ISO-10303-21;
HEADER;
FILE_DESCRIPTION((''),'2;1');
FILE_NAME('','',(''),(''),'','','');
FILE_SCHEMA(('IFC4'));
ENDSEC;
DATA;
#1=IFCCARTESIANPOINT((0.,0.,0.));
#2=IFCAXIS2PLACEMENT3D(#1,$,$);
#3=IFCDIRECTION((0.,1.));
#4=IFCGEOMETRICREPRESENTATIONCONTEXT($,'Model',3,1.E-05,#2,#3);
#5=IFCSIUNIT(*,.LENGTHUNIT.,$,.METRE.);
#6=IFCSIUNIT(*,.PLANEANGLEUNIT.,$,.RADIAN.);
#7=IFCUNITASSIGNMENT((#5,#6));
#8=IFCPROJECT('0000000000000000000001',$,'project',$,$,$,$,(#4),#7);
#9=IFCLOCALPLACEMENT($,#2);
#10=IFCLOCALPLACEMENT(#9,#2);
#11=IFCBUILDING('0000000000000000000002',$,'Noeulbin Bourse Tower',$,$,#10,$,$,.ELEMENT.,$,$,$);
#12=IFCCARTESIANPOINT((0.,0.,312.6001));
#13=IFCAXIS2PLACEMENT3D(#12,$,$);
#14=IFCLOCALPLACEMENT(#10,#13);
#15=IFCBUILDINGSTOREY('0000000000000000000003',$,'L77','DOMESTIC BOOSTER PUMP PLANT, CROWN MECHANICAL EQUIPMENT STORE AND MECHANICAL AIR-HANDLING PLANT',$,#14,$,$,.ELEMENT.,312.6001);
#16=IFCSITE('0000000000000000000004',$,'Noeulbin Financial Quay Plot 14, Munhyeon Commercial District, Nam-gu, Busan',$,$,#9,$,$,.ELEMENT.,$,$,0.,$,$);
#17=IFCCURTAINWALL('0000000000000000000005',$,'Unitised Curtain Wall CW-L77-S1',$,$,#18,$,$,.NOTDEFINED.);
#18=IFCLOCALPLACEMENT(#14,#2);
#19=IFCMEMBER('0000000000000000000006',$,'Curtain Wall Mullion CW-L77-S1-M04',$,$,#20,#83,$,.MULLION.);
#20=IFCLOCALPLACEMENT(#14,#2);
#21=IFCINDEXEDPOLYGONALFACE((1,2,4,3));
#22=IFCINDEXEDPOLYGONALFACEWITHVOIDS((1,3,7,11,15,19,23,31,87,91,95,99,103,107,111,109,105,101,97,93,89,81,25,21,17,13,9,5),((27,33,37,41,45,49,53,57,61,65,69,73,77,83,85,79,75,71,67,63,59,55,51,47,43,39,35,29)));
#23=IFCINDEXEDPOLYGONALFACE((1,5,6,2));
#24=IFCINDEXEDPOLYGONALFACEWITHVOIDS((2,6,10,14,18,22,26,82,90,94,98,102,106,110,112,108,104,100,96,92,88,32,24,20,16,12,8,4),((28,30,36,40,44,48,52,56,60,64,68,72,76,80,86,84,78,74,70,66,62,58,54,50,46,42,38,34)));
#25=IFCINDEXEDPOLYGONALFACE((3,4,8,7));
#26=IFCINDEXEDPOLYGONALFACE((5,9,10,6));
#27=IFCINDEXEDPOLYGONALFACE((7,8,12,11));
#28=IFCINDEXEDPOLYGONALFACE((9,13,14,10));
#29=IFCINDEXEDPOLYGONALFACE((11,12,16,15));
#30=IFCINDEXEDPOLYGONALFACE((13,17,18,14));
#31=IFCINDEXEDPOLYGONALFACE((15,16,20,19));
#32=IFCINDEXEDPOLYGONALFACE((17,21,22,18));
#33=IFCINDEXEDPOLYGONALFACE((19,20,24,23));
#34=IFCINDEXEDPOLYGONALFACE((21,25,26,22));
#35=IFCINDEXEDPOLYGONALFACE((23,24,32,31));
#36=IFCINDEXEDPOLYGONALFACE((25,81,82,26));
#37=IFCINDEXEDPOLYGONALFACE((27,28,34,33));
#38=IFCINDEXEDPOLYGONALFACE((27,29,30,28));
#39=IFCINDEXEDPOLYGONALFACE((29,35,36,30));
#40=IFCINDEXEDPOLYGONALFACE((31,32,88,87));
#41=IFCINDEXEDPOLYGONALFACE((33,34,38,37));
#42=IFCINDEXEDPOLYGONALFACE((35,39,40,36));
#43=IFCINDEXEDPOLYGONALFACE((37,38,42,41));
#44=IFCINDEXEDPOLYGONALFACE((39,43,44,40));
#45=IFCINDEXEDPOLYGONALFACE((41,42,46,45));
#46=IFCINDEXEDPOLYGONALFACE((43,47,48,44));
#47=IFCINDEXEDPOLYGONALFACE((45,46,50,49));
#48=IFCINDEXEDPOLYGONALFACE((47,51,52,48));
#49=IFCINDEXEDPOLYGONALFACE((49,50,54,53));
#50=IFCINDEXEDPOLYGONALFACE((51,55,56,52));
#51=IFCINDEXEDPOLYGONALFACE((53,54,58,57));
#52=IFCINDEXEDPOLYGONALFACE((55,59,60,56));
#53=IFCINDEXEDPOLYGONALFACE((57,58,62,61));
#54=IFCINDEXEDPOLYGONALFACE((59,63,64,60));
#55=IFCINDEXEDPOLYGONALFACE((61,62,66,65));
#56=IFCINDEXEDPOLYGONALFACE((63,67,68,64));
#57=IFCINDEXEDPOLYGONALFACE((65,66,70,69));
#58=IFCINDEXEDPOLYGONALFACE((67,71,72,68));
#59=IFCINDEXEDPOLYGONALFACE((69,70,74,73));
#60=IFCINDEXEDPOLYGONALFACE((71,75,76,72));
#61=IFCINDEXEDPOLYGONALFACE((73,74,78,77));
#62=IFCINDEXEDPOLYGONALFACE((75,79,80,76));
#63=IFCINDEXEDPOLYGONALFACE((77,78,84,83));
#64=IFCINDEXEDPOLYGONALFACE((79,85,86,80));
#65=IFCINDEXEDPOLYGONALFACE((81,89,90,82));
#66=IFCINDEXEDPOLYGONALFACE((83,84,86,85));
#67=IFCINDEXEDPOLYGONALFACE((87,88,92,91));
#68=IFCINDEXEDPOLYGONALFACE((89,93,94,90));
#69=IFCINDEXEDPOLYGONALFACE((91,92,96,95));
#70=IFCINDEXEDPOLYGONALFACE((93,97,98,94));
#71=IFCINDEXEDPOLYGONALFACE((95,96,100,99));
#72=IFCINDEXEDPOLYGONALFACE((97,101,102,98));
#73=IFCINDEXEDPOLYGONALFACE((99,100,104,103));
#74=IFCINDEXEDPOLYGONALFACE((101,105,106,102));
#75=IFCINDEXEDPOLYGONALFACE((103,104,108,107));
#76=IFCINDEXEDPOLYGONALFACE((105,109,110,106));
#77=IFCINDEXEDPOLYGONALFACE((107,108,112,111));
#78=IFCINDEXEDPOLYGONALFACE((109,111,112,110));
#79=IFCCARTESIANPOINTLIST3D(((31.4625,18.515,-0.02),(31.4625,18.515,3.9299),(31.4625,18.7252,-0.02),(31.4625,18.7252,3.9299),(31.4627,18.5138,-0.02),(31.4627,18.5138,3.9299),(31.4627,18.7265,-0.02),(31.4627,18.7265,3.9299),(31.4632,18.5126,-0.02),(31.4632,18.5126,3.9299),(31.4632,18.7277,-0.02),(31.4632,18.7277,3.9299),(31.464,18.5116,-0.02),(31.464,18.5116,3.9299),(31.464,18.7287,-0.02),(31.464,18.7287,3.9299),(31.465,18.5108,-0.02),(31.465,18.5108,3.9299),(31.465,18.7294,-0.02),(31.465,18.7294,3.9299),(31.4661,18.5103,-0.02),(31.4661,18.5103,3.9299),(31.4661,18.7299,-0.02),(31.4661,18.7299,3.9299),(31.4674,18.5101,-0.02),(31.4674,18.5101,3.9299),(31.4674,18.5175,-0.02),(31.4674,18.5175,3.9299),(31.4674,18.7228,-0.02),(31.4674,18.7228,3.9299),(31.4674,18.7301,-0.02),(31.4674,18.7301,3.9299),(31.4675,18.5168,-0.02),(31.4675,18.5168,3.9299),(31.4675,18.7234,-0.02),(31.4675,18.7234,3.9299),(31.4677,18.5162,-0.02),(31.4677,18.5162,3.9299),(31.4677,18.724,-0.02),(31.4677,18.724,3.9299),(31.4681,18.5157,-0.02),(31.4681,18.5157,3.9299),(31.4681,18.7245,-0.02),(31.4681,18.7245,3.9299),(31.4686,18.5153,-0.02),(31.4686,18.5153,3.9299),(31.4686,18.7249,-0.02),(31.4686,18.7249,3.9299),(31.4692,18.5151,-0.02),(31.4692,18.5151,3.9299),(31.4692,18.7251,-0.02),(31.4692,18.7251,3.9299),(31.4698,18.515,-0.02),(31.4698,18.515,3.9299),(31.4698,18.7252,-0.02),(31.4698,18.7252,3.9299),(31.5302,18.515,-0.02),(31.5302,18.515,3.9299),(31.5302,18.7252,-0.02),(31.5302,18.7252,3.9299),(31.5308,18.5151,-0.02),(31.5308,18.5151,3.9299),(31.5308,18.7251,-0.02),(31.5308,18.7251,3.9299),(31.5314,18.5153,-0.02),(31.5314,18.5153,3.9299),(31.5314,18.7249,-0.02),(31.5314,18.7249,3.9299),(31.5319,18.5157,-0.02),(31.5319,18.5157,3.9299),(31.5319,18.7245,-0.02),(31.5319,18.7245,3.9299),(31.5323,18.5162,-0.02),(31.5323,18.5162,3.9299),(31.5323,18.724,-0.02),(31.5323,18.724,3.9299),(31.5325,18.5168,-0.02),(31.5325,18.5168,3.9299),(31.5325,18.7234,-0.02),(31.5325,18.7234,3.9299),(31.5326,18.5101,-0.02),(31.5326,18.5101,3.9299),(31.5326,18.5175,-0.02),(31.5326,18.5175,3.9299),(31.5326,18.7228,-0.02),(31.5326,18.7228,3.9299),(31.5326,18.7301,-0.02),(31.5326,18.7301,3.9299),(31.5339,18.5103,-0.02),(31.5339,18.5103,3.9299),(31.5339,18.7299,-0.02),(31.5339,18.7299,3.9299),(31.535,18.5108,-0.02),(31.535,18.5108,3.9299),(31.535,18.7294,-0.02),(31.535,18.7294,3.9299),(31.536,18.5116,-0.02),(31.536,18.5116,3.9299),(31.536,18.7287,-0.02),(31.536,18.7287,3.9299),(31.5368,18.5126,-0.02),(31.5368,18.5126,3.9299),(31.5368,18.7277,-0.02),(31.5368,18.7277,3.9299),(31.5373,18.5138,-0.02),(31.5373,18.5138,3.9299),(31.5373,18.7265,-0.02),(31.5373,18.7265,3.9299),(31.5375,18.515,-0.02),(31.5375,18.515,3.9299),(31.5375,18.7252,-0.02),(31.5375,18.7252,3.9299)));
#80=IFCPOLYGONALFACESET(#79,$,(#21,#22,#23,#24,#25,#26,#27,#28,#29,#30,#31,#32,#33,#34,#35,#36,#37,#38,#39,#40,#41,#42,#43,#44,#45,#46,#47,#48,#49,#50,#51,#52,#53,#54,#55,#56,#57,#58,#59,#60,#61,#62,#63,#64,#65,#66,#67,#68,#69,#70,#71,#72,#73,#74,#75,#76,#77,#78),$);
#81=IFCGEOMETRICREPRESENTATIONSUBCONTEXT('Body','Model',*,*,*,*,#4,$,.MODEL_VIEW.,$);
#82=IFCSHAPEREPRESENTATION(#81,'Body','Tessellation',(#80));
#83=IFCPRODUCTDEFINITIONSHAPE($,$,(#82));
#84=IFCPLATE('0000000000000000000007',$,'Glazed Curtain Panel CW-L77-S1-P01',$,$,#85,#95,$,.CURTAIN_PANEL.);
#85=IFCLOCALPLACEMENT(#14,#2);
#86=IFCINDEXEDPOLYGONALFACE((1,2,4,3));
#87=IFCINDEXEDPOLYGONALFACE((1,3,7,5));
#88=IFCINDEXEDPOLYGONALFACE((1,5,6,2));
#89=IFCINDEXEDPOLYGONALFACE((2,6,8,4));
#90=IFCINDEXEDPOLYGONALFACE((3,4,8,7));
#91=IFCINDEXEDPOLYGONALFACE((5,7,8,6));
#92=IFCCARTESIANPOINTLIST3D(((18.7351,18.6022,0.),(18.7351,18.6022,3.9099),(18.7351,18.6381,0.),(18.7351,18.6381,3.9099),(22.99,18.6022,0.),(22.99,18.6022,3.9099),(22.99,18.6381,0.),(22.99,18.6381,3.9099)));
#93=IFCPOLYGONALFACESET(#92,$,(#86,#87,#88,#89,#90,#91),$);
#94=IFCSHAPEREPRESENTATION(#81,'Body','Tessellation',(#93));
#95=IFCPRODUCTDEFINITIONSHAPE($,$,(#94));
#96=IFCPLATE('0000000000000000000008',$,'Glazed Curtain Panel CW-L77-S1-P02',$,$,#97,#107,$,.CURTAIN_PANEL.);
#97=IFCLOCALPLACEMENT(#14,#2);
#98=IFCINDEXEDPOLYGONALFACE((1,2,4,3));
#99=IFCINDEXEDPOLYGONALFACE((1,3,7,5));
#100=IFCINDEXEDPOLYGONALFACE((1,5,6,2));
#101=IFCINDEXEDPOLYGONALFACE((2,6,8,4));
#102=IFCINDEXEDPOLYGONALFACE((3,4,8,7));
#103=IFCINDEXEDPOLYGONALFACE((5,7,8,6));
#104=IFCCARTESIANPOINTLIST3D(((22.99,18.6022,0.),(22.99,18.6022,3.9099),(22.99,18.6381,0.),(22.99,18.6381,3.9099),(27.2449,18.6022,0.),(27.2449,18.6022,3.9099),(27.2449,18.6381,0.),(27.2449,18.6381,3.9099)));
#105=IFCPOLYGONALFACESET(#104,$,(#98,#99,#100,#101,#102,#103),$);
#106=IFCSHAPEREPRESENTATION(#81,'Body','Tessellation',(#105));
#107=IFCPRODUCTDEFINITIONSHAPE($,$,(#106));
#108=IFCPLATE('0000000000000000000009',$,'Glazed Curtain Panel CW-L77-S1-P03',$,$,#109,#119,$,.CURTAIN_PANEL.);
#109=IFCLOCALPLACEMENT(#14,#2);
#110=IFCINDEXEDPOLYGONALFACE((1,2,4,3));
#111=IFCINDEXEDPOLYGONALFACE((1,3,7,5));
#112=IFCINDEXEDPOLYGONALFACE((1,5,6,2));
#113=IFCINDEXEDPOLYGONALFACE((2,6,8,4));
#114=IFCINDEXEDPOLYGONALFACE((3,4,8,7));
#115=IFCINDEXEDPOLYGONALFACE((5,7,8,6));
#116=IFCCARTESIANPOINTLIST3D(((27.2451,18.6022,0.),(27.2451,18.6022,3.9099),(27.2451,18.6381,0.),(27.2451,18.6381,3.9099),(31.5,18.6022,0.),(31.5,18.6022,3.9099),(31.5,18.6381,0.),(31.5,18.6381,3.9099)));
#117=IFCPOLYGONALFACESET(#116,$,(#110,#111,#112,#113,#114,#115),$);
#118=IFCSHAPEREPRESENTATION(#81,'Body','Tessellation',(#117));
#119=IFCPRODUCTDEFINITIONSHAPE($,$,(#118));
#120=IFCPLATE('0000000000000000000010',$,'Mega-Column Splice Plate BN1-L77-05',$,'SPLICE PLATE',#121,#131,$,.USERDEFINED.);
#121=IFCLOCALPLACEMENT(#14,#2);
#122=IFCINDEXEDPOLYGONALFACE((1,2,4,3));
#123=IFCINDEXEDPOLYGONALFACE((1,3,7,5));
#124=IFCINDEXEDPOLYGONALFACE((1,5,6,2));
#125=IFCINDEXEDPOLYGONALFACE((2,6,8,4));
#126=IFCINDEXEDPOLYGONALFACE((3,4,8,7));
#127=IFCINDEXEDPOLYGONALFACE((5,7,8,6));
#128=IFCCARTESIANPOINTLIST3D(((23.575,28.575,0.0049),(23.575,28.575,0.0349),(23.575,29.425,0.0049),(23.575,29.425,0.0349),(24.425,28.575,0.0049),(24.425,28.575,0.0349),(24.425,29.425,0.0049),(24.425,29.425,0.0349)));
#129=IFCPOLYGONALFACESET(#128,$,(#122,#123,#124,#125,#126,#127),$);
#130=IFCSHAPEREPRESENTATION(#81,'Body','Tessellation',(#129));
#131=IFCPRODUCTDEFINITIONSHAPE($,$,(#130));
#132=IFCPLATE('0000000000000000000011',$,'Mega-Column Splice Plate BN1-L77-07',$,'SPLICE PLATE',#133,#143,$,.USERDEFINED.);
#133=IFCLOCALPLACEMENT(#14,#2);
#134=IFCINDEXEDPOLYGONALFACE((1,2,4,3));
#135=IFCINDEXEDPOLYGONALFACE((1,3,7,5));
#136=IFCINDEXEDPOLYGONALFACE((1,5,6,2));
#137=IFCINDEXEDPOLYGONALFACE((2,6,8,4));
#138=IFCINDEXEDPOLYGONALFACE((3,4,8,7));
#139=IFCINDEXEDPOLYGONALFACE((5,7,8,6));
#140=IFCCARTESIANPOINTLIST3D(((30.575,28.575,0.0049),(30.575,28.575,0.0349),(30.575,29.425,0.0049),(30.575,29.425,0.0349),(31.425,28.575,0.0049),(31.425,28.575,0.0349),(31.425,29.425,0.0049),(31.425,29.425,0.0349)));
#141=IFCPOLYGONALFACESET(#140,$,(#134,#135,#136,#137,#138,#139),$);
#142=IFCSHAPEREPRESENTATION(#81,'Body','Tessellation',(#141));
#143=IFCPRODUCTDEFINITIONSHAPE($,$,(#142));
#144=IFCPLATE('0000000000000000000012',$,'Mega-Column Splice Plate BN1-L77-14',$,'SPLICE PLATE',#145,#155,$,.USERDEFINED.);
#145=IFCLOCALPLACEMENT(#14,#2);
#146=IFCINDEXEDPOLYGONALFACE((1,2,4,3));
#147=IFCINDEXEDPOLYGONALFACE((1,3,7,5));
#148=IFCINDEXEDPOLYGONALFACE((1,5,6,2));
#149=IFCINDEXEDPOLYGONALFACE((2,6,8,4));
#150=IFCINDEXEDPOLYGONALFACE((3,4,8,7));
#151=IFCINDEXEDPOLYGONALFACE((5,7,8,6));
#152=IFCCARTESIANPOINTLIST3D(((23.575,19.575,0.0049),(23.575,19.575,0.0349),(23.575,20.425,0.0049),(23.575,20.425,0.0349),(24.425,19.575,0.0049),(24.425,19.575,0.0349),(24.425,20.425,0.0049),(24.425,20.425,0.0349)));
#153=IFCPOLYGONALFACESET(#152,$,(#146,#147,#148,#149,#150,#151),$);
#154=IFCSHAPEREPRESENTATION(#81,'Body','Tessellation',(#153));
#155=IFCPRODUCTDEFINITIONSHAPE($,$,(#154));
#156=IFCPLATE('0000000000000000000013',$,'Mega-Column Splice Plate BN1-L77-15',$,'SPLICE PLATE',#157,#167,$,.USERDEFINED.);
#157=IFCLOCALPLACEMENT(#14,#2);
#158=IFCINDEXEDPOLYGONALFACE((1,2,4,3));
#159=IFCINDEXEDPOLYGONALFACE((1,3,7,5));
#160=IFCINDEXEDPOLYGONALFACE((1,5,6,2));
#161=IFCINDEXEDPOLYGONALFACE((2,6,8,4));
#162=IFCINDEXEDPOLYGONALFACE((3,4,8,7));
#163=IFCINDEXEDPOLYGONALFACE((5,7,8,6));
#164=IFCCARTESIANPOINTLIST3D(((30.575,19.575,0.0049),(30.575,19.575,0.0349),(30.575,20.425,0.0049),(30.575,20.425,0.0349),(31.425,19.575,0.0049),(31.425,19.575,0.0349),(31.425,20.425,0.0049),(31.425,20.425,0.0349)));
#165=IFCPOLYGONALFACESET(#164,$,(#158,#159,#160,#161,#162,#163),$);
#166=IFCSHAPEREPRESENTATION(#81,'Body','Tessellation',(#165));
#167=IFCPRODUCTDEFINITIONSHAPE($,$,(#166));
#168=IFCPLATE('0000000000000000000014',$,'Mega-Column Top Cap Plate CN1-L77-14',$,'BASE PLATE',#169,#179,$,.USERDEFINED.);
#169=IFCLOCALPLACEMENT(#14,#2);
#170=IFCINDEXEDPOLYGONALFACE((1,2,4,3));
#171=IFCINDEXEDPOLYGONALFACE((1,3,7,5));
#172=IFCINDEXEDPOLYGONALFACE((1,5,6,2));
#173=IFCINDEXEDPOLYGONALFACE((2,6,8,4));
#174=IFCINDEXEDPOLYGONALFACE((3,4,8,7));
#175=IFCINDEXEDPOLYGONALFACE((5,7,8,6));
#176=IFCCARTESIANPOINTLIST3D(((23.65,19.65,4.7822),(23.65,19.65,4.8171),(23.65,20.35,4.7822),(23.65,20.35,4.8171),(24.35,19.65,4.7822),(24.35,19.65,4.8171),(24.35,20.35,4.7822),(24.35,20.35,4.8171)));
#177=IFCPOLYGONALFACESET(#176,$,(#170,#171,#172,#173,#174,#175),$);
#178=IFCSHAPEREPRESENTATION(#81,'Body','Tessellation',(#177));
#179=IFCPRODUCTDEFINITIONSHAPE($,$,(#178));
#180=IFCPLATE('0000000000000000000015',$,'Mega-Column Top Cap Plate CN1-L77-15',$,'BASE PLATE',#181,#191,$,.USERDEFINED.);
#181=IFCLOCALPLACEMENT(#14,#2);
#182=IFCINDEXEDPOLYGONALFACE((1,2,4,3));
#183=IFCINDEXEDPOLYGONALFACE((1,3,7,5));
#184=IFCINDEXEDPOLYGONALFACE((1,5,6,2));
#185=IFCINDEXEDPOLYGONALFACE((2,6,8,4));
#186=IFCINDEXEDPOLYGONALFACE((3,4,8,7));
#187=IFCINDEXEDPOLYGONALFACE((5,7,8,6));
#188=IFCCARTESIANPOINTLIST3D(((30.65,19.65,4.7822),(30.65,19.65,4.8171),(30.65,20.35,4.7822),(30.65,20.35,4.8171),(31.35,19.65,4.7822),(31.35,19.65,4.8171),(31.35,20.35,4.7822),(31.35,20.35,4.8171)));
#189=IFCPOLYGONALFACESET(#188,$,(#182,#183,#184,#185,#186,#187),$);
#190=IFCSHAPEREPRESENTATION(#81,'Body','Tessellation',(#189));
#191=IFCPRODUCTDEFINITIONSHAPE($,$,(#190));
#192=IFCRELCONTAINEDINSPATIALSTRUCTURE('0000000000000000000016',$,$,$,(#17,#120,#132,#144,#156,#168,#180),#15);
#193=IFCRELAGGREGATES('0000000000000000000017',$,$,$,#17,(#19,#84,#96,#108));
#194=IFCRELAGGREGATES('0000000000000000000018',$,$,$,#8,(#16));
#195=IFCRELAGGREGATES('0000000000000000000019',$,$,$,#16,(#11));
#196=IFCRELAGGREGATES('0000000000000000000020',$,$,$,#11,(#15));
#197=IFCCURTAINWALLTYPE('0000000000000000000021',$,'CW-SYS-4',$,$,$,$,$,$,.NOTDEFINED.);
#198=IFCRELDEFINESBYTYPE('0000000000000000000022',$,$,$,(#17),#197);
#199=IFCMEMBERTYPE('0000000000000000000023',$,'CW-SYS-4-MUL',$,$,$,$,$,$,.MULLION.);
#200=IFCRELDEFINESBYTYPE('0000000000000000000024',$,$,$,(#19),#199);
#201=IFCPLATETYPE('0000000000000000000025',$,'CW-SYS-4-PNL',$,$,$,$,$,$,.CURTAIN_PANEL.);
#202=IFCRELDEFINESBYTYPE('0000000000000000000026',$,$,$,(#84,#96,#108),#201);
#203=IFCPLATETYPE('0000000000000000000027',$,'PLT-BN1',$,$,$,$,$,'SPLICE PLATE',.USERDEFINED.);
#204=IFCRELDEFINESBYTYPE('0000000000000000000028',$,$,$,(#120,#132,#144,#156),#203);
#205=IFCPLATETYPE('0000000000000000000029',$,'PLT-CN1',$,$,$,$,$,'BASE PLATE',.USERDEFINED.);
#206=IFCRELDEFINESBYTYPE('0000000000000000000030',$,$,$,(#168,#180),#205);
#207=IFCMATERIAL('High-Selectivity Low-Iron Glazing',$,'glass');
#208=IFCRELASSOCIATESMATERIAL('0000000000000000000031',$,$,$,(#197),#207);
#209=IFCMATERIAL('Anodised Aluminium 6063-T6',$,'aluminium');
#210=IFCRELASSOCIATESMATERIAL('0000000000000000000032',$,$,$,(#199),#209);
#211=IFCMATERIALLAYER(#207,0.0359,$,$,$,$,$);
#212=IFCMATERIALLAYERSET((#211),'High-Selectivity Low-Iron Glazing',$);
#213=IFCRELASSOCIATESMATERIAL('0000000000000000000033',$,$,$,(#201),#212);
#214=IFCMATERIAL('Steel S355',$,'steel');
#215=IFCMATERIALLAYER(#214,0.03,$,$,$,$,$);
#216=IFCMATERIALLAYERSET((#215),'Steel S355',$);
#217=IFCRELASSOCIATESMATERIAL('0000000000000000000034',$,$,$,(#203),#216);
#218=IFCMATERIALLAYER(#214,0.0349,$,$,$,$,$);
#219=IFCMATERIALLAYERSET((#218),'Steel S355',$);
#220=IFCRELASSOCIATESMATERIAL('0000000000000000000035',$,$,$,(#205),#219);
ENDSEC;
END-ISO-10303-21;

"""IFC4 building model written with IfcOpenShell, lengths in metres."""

from ifc_helpers import new_model, si_unit, direction, frame, origin, origin_2d, place, context, subcontext, project, spatial, rectangle, hollow_rectangle, extrude, material, layer, layer_set, material_profile, profile_set, type_object, element, aggregate, save


model = new_model("IFC4")

# Units and contexts
model_context = context("Model", 3, precision=1e-05, world=origin(), true_north=direction((0.0, 1.0)))
body_context = subcontext(model_context, "Body", "Model", "MODEL_VIEW")
ifc_project = project(units=[si_unit("LENGTHUNIT", "METRE"), si_unit("PLANEANGLEUNIT", "RADIAN")], contexts=[model_context])

# Site, building, storey
site_placement = place(None, origin())
site = spatial("IfcSite", under=ifc_project, at=site_placement, Name="Noeulbin Financial Quay Plot 14, Munhyeon Commercial District, Nam-gu, Busan", CompositionType="ELEMENT", RefElevation=0.0)
building_placement = place(site_placement, origin())
building = spatial("IfcBuilding", under=site, at=building_placement, Name="Noeulbin Bourse Tower", CompositionType="ELEMENT")
storey_placement = place(building_placement, frame((0.0, 0.0, 312.6001)))
storey = spatial("IfcBuildingStorey", under=building, at=storey_placement, Name="L77", Description="DOMESTIC BOOSTER PUMP PLANT, CROWN MECHANICAL EQUIPMENT STORE AND MECHANICAL AIR-HANDLING PLANT", CompositionType="ELEMENT", Elevation=312.6001)

# Shared definitions
ifc_material_1 = material(Name="Steel S355", Category="steel")

# Curtain wall, member, plates
ifc_material_2 = material(Name="High-Selectivity Low-Iron Glazing", Category="glass")
curtain_wall_type = type_object("IfcCurtainWallType", Name="CW-SYS-4", PredefinedType="NOTDEFINED", material=ifc_material_2)
curtain_wall_placement = place(storey_placement, origin())
curtain_wall = element("IfcCurtainWall", 1, at=curtain_wall_placement, inside=storey, type_object=curtain_wall_type, Name="Unitised Curtain Wall CW-L77-S1", PredefinedType="NOTDEFINED")
ifc_material_3 = material(Name="Anodised Aluminium 6063-T6", Category="aluminium")
ifc_material_profile_1 = material_profile(ifc_material_3, hollow_rectangle(XDim=0.075, YDim=0.22, WallThickness=0.0049, InnerFilletRadius=0.0024, OuterFilletRadius=0.0049, at=origin_2d()), Name="ALU-MULL-75x220x5", Category="LoadBearing")
ifc_profile_set_1 = profile_set([ifc_material_profile_1], Name="Anodised Aluminium 6063-T6")
member_type = type_object("IfcMemberType", Name="CW-SYS-4-MUL", PredefinedType="MULLION", material=ifc_profile_set_1)
member_1_placement = place(storey_placement, frame((31.5, 18.6201, -0.02), z_axis=(0.0, 0.0, 1.0), x_axis=(1.0, 0.0, 0.0)))
member_1 = element("IfcMember", 2, at=member_1_placement, type_object=member_type, Name="Curtain Wall Mullion CW-L77-S1-M04", PredefinedType="MULLION", context=body_context, shape_type="SweptSolid", body=[
    extrude(hollow_rectangle(XDim=0.075, YDim=0.22, WallThickness=0.0049, InnerFilletRadius=0.0024, OuterFilletRadius=0.0049, at=origin_2d()), origin(), (0.0, 0.0, 1.0), 3.95),
])
ifc_layer_1 = layer(ifc_material_2, 0.0359)
ifc_layer_set_1 = layer_set([ifc_layer_1], Name="High-Selectivity Low-Iron Glazing")
plate_type_1 = type_object("IfcPlateType", Name="CW-SYS-4-PNL", PredefinedType="CURTAIN_PANEL", material=ifc_layer_set_1)
plate_1_placement = place(storey_placement, frame((20.8625, 18.6201, 0.0), z_axis=(0.0, 0.0, 1.0), x_axis=(1.0, 0.0, 0.0)))
plate_1 = element("IfcPlate", 3, at=plate_1_placement, type_object=plate_type_1, Name="Glazed Curtain Panel CW-L77-S1-P01", PredefinedType="CURTAIN_PANEL", context=body_context, shape_type="SweptSolid", body=[
    extrude(rectangle(XDim=4.2549, YDim=0.0359, at=origin_2d()), origin(), (0.0, 0.0, 1.0), 3.9099),
])
plate_2_placement = place(storey_placement, frame((25.1174, 18.6201, 0.0), z_axis=(0.0, 0.0, 1.0), x_axis=(1.0, 0.0, 0.0)))
plate_2 = element("IfcPlate", 4, at=plate_2_placement, type_object=plate_type_1, Name="Glazed Curtain Panel CW-L77-S1-P02", PredefinedType="CURTAIN_PANEL", context=body_context, shape_type="SweptSolid", body=[
    extrude(rectangle(XDim=4.2549, YDim=0.0359, at=origin_2d()), origin(), (0.0, 0.0, 1.0), 3.9099),
])
plate_3_placement = place(storey_placement, frame((29.3726, 18.6201, 0.0), z_axis=(0.0, 0.0, 1.0), x_axis=(1.0, 0.0, 0.0)))
plate_3 = element("IfcPlate", 5, at=plate_3_placement, type_object=plate_type_1, Name="Glazed Curtain Panel CW-L77-S1-P03", PredefinedType="CURTAIN_PANEL", context=body_context, shape_type="SweptSolid", body=[
    extrude(rectangle(XDim=4.2549, YDim=0.0359, at=origin_2d()), origin(), (0.0, 0.0, 1.0), 3.9099),
])
aggregate(curtain_wall, [member_1, plate_1, plate_2, plate_3])

# Plates
ifc_layer_2 = layer(ifc_material_1, 0.03)
ifc_layer_set_2 = layer_set([ifc_layer_2], Name="Steel S355")
plate_type_2 = type_object("IfcPlateType", Name="PLT-BN1", ElementType="SPLICE PLATE", PredefinedType="USERDEFINED", material=ifc_layer_set_2)
for number, where, z_axis, x_axis, name in (
    (6, (24.0, 29.0, 0.0049), (0.0, 0.0, 1.0), (1.0, 0.0, 0.0), "Mega-Column Splice Plate BN1-L77-05"),
    (7, (31.0, 29.0, 0.0049), (0.0, 0.0, 1.0), (1.0, 0.0, 0.0), "Mega-Column Splice Plate BN1-L77-07"),
    (8, (24.0, 20.0, 0.0049), (0.0, 0.0, 1.0), (1.0, 0.0, 0.0), "Mega-Column Splice Plate BN1-L77-14"),
    (9, (31.0, 20.0, 0.0049), (0.0, 0.0, 1.0), (1.0, 0.0, 0.0), "Mega-Column Splice Plate BN1-L77-15"),
):
    element("IfcPlate", number, at=place(storey_placement, frame(where, z_axis=z_axis, x_axis=x_axis)), inside=storey, type_object=plate_type_2, Name=name, ObjectType="SPLICE PLATE", PredefinedType="USERDEFINED", context=body_context, shape_type="SweptSolid", body=[
        extrude(rectangle(XDim=0.8501, YDim=0.8501, at=origin_2d()), origin(), (0.0, 0.0, 1.0), 0.03),
    ])
ifc_layer_3 = layer(ifc_material_1, 0.0349)
ifc_layer_set_3 = layer_set([ifc_layer_3], Name="Steel S355")
plate_type_3 = type_object("IfcPlateType", Name="PLT-CN1", ElementType="BASE PLATE", PredefinedType="USERDEFINED", material=ifc_layer_set_3)
for number, where, z_axis, x_axis, name in (
    (10, (24.0, 20.0, 4.7822), (0.0, 0.0, 1.0), (1.0, 0.0, 0.0), "Mega-Column Top Cap Plate CN1-L77-14"),
    (11, (31.0, 20.0, 4.7822), (0.0, 0.0, 1.0), (1.0, 0.0, 0.0), "Mega-Column Top Cap Plate CN1-L77-15"),
):
    element("IfcPlate", number, at=place(storey_placement, frame(where, z_axis=z_axis, x_axis=x_axis)), inside=storey, type_object=plate_type_3, Name=name, ObjectType="BASE PLATE", PredefinedType="USERDEFINED", context=body_context, shape_type="SweptSolid", body=[
        extrude(rectangle(XDim=0.7, YDim=0.7, at=origin_2d()), origin(), (0.0, 0.0, 1.0), 0.0349),
    ])

save(model, "model.ifc")
